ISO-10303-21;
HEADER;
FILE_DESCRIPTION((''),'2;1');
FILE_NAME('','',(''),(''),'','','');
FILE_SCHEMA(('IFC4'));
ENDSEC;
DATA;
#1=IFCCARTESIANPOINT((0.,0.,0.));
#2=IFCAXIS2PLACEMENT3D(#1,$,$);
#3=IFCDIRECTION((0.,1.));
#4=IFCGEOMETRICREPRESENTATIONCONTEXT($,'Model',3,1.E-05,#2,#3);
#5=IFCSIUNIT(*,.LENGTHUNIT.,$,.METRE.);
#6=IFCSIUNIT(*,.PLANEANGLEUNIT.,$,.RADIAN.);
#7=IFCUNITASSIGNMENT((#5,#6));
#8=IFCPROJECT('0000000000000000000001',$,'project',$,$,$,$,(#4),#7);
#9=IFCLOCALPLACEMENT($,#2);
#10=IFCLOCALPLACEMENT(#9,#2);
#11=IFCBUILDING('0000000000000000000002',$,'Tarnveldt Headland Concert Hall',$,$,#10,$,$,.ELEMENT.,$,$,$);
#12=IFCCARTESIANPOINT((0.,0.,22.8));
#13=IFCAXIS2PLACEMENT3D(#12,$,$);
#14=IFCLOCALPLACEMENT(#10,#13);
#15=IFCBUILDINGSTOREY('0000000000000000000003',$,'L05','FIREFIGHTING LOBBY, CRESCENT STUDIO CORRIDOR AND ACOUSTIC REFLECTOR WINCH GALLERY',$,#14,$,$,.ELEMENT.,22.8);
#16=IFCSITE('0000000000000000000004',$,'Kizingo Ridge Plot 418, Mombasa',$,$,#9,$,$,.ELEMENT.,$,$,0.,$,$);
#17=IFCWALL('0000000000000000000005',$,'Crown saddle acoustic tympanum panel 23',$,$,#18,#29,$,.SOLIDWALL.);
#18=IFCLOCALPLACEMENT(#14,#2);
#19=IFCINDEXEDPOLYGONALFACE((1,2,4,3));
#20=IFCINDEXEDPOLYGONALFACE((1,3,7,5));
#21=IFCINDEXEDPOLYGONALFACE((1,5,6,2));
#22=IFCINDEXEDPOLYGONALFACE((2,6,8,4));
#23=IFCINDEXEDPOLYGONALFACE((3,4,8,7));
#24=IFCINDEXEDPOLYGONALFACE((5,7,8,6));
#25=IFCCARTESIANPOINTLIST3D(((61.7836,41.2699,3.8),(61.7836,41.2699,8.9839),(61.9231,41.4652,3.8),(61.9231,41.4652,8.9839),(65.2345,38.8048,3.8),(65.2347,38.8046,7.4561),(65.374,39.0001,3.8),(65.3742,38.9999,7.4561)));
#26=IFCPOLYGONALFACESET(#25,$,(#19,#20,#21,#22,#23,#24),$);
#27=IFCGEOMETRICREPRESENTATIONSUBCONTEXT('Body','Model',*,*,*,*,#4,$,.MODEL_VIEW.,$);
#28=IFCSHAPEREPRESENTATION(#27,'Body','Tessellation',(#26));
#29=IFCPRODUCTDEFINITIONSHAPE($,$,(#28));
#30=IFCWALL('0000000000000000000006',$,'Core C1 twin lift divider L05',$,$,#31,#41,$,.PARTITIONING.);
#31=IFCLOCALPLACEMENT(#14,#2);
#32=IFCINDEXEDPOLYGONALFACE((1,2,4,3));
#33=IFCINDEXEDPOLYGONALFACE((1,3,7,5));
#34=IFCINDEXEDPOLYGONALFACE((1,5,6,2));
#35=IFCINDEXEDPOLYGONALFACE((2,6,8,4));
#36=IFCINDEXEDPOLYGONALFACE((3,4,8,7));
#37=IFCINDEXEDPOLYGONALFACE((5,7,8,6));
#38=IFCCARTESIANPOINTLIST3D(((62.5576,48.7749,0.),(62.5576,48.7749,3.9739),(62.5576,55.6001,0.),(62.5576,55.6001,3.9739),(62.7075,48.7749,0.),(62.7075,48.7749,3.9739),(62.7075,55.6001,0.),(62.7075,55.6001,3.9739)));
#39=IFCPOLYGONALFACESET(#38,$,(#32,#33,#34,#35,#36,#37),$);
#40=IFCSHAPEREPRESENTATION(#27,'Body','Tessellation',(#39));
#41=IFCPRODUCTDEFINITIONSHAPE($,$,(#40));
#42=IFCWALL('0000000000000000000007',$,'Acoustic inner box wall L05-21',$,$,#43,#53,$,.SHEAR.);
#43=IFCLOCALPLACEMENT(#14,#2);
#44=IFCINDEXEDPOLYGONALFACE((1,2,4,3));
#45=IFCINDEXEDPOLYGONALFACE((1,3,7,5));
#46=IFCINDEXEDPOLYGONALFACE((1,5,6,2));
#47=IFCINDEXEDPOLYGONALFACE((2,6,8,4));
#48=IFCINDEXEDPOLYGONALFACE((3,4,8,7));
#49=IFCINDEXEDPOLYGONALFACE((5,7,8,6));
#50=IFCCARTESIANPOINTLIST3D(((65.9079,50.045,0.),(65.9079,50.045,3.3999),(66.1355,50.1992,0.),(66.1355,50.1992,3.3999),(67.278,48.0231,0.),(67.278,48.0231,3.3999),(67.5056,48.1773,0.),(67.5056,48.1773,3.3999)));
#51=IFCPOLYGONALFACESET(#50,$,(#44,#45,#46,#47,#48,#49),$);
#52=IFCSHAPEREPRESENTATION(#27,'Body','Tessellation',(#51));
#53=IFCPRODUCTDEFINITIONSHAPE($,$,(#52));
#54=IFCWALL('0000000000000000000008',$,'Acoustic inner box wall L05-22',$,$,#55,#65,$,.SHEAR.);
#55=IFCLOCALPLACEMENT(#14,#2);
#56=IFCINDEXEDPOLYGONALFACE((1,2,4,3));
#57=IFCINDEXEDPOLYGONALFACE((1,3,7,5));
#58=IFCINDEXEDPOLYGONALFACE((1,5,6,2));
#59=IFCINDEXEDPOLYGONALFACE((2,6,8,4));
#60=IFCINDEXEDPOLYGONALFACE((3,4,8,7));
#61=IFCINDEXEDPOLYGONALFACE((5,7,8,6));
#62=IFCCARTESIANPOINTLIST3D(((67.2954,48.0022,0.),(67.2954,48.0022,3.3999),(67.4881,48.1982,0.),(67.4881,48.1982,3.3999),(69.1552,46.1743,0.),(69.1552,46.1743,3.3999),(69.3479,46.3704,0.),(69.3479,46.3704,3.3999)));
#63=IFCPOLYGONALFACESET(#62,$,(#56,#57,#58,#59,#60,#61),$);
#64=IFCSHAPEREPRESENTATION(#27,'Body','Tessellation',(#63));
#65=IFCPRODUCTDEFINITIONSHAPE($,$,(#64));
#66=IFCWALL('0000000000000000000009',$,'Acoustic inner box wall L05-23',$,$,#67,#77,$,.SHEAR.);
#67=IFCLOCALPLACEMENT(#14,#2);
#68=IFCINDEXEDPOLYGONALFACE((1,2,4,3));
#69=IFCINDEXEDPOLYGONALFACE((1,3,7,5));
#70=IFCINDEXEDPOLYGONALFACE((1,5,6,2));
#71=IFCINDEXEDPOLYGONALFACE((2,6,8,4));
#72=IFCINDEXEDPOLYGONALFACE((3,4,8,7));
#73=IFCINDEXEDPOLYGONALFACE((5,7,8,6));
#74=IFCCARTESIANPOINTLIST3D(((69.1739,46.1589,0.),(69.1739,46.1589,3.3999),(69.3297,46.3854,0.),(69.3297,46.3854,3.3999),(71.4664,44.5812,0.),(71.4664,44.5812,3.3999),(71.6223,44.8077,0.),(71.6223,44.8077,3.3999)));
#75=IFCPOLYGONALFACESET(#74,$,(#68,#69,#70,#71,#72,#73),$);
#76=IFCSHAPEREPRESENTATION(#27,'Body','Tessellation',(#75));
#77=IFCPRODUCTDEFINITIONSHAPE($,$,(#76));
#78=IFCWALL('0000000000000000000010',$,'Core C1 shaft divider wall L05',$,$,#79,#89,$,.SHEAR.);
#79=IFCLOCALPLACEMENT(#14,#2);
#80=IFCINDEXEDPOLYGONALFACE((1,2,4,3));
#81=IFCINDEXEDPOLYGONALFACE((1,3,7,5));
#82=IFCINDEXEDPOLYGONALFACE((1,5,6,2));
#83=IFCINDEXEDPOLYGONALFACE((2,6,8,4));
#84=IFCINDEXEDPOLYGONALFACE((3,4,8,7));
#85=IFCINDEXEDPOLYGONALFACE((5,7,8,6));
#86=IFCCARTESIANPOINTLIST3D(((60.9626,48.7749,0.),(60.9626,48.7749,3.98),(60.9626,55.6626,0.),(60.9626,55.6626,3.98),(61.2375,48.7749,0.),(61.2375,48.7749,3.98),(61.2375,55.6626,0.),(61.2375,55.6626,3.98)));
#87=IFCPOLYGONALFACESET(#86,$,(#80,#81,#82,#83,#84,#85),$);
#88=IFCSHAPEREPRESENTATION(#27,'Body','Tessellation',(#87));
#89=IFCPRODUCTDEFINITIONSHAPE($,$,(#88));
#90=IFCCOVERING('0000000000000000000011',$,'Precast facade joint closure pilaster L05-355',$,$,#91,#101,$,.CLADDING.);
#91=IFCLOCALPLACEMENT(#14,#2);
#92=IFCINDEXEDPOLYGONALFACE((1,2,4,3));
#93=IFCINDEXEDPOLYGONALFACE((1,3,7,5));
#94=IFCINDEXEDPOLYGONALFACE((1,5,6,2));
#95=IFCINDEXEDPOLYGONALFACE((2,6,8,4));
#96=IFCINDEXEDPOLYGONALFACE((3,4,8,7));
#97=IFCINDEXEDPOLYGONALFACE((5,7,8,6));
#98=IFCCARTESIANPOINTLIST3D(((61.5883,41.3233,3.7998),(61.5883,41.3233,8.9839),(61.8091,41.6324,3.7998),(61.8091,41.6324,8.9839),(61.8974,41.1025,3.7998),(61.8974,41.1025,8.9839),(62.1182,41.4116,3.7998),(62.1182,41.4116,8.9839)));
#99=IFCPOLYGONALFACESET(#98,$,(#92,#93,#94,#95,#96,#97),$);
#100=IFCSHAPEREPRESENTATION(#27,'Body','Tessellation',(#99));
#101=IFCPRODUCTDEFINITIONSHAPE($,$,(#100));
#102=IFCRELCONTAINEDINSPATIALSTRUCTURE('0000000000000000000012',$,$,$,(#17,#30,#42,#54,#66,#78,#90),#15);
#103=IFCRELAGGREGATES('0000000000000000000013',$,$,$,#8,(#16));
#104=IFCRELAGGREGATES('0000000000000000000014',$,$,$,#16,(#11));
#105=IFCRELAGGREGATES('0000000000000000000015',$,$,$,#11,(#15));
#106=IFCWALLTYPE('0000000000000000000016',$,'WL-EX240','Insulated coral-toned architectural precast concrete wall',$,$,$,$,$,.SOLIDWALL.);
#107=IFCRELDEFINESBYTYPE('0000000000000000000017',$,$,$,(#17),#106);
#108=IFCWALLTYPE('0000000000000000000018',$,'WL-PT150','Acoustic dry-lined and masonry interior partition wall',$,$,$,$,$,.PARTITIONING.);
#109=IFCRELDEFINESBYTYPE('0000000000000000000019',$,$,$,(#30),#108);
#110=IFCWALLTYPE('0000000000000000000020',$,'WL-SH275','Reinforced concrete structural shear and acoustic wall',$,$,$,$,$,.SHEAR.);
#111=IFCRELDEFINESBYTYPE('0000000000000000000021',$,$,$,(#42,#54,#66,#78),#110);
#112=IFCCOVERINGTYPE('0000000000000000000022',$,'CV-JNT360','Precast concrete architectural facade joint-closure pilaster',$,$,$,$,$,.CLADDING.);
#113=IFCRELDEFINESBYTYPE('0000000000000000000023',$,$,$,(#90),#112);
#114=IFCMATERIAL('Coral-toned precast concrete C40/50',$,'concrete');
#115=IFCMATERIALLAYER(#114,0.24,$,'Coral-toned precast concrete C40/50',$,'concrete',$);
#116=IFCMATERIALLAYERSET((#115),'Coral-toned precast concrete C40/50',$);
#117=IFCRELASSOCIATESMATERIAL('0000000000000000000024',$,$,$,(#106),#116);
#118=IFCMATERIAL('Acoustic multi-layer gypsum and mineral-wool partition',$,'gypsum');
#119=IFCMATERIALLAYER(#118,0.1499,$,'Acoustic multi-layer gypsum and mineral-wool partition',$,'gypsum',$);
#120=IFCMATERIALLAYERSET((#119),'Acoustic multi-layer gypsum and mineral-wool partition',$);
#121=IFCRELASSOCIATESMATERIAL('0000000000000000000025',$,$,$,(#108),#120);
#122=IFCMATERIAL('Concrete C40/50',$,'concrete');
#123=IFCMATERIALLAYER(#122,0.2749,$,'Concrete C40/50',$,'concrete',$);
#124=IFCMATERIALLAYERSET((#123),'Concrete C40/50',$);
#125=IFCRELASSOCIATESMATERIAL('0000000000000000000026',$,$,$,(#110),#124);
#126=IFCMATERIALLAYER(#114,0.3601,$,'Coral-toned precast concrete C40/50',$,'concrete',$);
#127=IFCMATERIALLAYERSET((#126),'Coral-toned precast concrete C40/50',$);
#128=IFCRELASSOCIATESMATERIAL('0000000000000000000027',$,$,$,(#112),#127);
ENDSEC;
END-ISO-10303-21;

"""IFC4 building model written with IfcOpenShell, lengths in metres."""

from ifc_helpers import new_model, si_unit, direction, frame, frame_2d, origin, origin_2d, place, context, subcontext, project, spatial, polyline, rectangle, outline, extrude, material, layer, layer_set, type_object, element, save


model = new_model("IFC4")

# Units and contexts
model_context = context("Model", 3, precision=1e-05, world=origin(), true_north=direction((0.0, 1.0)))
body_context = subcontext(model_context, "Body", "Model", "MODEL_VIEW")
ifc_project = project(units=[si_unit("LENGTHUNIT", "METRE"), si_unit("PLANEANGLEUNIT", "RADIAN")], contexts=[model_context])

# Site, building, storey
site_placement = place(None, origin())
site = spatial("IfcSite", under=ifc_project, at=site_placement, Name="Kizingo Ridge Plot 418, Mombasa", CompositionType="ELEMENT", RefElevation=0.0)
building_placement = place(site_placement, origin())
building = spatial("IfcBuilding", under=site, at=building_placement, Name="Tarnveldt Headland Concert Hall", CompositionType="ELEMENT")
storey_placement = place(building_placement, frame((0.0, 0.0, 22.8)))
storey = spatial("IfcBuildingStorey", under=building, at=storey_placement, Name="L05", Description="FIREFIGHTING LOBBY, CRESCENT STUDIO CORRIDOR AND ACOUSTIC REFLECTOR WINCH GALLERY", CompositionType="ELEMENT", Elevation=22.8)

# Shared definitions
ifc_material_1 = material(Name="Concrete C40/50", Category="concrete")

# Walls
ifc_material_2 = material(Name="Coral-toned precast concrete C40/50", Category="concrete")
ifc_layer_1 = layer(ifc_material_2, 0.24, Name="Coral-toned precast concrete C40/50", Category="concrete")
ifc_layer_set_1 = layer_set([ifc_layer_1], Name="Coral-toned precast concrete C40/50")
wall_type_1 = type_object("IfcWallType", Name="WL-EX240", Description="Insulated coral-toned architectural precast concrete wall", PredefinedType="SOLIDWALL", material=ifc_layer_set_1)
wall_1_placement = place(storey_placement, frame((61.8533, 41.3674, 3.8), z_axis=(0.0, 0.0, 1.0), x_axis=(0.813718, -0.58126, 0.0)))
element("IfcWall", 1, at=wall_1_placement, inside=storey, type_object=wall_type_1, Name="Crown saddle acoustic tympanum panel 23", PredefinedType="SOLIDWALL", context=body_context, shape_type="SweptSolid", body=[
    extrude(outline(polyline([(0.0, 0.0), (4.241, 0.0), (4.2412, 3.656), (0.0, 5.1838), (0.0, 0.0)])), frame((0.0, 0.1201, 0.0), z_axis=(0.0, -1.0, 0.0), x_axis=(1.0, 0.0, 0.0)), (0.0, 0.0, 1.0), 0.24),
])
ifc_material_3 = material(Name="Acoustic multi-layer gypsum and mineral-wool partition", Category="gypsum")
ifc_layer_2 = layer(ifc_material_3, 0.1499, Name="Acoustic multi-layer gypsum and mineral-wool partition", Category="gypsum")
ifc_layer_set_2 = layer_set([ifc_layer_2], Name="Acoustic multi-layer gypsum and mineral-wool partition")
wall_type_2 = type_object("IfcWallType", Name="WL-PT150", Description="Acoustic dry-lined and masonry interior partition wall", PredefinedType="PARTITIONING", material=ifc_layer_set_2)
wall_2_placement = place(storey_placement, frame((62.6326, 48.7749, 0.0), z_axis=(0.0, 0.0, 1.0), x_axis=(0.0, 1.0, 0.0)))
element("IfcWall", 2, at=wall_2_placement, inside=storey, type_object=wall_type_2, Name="Core C1 twin lift divider L05", PredefinedType="PARTITIONING", context=body_context, shape_type="SweptSolid", body=[
    extrude(rectangle(XDim=6.8252, YDim=0.1499, at=frame_2d((3.4126, 0.0))), origin(), (0.0, 0.0, 1.0), 3.9739),
])

# Walls
ifc_layer_3 = layer(ifc_material_1, 0.2749, Name="Concrete C40/50", Category="concrete")
ifc_layer_set_3 = layer_set([ifc_layer_3], Name="Concrete C40/50")
wall_type_3 = type_object("IfcWallType", Name="WL-SH275", Description="Reinforced concrete structural shear and acoustic wall", PredefinedType="SHEAR", material=ifc_layer_set_3)
wall_3_placement = place(storey_placement, frame((66.0217, 50.1221, 0.0), z_axis=(0.0, 0.0, 1.0), x_axis=(0.560959, -0.827844, 0.0)))
element("IfcWall", 3, at=wall_3_placement, inside=storey, type_object=wall_type_3, Name="Acoustic inner box wall L05-21", PredefinedType="SHEAR", context=body_context, shape_type="SweptSolid", body=[
    extrude(rectangle(XDim=2.4424, YDim=0.2749, at=frame_2d((1.2212, 0.0))), origin(), (0.0, 0.0, 1.0), 3.3999),
])
wall_4_placement = place(storey_placement, frame((67.3918, 48.1001, 0.0), z_axis=(0.0, 0.0, 1.0), x_axis=(0.713212, -0.700948, 0.0)))
element("IfcWall", 4, at=wall_4_placement, inside=storey, type_object=wall_type_3, Name="Acoustic inner box wall L05-22", PredefinedType="SHEAR", context=body_context, shape_type="SweptSolid", body=[
    extrude(rectangle(XDim=2.6077, YDim=0.2749, at=frame_2d((1.3037, 0.0))), origin(), (0.0, 0.0, 1.0), 3.3999),
])
wall_5_placement = place(storey_placement, frame((69.2517, 46.2722, 0.0), z_axis=(0.0, 0.0, 1.0), x_axis=(0.823781, -0.566909, 0.0)))
element("IfcWall", 5, at=wall_5_placement, inside=storey, type_object=wall_type_3, Name="Acoustic inner box wall L05-23", PredefinedType="SHEAR", context=body_context, shape_type="SweptSolid", body=[
    extrude(rectangle(XDim=2.783, YDim=0.2749, at=frame_2d((1.3916, 0.0))), origin(), (0.0, 0.0, 1.0), 3.3999),
])
wall_6_placement = place(storey_placement, frame((61.1001, 48.7749, 0.0), z_axis=(0.0, 0.0, 1.0), x_axis=(0.0, 1.0, 0.0)))
element("IfcWall", 6, at=wall_6_placement, inside=storey, type_object=wall_type_3, Name="Core C1 shaft divider wall L05", PredefinedType="SHEAR", context=body_context, shape_type="SweptSolid", body=[
    extrude(rectangle(XDim=6.8877, YDim=0.2749, at=frame_2d((3.4438, 0.0))), origin(), (0.0, 0.0, 1.0), 3.98),
])

# Covering
ifc_layer_4 = layer(ifc_material_2, 0.3601, Name="Coral-toned precast concrete C40/50", Category="concrete")
ifc_layer_set_4 = layer_set([ifc_layer_4], Name="Coral-toned precast concrete C40/50")
covering_type = type_object("IfcCoveringType", Name="CV-JNT360", Description="Precast concrete architectural facade joint-closure pilaster", PredefinedType="CLADDING", material=ifc_layer_set_4)
covering_placement = place(storey_placement, frame((61.8533, 41.3674, 3.7998), z_axis=(0.0, 0.0, 1.0), x_axis=(-0.581271, -0.81371, 0.0)))
element("IfcCovering", 7, at=covering_placement, inside=storey, type_object=covering_type, Name="Precast facade joint closure pilaster L05-355", PredefinedType="CLADDING", context=body_context, shape_type="SweptSolid", body=[
    extrude(rectangle(XDim=0.3799, YDim=0.3799, at=origin_2d()), origin(), (0.0, 0.0, 1.0), 5.1841),
])

save(model, "model.ifc")
